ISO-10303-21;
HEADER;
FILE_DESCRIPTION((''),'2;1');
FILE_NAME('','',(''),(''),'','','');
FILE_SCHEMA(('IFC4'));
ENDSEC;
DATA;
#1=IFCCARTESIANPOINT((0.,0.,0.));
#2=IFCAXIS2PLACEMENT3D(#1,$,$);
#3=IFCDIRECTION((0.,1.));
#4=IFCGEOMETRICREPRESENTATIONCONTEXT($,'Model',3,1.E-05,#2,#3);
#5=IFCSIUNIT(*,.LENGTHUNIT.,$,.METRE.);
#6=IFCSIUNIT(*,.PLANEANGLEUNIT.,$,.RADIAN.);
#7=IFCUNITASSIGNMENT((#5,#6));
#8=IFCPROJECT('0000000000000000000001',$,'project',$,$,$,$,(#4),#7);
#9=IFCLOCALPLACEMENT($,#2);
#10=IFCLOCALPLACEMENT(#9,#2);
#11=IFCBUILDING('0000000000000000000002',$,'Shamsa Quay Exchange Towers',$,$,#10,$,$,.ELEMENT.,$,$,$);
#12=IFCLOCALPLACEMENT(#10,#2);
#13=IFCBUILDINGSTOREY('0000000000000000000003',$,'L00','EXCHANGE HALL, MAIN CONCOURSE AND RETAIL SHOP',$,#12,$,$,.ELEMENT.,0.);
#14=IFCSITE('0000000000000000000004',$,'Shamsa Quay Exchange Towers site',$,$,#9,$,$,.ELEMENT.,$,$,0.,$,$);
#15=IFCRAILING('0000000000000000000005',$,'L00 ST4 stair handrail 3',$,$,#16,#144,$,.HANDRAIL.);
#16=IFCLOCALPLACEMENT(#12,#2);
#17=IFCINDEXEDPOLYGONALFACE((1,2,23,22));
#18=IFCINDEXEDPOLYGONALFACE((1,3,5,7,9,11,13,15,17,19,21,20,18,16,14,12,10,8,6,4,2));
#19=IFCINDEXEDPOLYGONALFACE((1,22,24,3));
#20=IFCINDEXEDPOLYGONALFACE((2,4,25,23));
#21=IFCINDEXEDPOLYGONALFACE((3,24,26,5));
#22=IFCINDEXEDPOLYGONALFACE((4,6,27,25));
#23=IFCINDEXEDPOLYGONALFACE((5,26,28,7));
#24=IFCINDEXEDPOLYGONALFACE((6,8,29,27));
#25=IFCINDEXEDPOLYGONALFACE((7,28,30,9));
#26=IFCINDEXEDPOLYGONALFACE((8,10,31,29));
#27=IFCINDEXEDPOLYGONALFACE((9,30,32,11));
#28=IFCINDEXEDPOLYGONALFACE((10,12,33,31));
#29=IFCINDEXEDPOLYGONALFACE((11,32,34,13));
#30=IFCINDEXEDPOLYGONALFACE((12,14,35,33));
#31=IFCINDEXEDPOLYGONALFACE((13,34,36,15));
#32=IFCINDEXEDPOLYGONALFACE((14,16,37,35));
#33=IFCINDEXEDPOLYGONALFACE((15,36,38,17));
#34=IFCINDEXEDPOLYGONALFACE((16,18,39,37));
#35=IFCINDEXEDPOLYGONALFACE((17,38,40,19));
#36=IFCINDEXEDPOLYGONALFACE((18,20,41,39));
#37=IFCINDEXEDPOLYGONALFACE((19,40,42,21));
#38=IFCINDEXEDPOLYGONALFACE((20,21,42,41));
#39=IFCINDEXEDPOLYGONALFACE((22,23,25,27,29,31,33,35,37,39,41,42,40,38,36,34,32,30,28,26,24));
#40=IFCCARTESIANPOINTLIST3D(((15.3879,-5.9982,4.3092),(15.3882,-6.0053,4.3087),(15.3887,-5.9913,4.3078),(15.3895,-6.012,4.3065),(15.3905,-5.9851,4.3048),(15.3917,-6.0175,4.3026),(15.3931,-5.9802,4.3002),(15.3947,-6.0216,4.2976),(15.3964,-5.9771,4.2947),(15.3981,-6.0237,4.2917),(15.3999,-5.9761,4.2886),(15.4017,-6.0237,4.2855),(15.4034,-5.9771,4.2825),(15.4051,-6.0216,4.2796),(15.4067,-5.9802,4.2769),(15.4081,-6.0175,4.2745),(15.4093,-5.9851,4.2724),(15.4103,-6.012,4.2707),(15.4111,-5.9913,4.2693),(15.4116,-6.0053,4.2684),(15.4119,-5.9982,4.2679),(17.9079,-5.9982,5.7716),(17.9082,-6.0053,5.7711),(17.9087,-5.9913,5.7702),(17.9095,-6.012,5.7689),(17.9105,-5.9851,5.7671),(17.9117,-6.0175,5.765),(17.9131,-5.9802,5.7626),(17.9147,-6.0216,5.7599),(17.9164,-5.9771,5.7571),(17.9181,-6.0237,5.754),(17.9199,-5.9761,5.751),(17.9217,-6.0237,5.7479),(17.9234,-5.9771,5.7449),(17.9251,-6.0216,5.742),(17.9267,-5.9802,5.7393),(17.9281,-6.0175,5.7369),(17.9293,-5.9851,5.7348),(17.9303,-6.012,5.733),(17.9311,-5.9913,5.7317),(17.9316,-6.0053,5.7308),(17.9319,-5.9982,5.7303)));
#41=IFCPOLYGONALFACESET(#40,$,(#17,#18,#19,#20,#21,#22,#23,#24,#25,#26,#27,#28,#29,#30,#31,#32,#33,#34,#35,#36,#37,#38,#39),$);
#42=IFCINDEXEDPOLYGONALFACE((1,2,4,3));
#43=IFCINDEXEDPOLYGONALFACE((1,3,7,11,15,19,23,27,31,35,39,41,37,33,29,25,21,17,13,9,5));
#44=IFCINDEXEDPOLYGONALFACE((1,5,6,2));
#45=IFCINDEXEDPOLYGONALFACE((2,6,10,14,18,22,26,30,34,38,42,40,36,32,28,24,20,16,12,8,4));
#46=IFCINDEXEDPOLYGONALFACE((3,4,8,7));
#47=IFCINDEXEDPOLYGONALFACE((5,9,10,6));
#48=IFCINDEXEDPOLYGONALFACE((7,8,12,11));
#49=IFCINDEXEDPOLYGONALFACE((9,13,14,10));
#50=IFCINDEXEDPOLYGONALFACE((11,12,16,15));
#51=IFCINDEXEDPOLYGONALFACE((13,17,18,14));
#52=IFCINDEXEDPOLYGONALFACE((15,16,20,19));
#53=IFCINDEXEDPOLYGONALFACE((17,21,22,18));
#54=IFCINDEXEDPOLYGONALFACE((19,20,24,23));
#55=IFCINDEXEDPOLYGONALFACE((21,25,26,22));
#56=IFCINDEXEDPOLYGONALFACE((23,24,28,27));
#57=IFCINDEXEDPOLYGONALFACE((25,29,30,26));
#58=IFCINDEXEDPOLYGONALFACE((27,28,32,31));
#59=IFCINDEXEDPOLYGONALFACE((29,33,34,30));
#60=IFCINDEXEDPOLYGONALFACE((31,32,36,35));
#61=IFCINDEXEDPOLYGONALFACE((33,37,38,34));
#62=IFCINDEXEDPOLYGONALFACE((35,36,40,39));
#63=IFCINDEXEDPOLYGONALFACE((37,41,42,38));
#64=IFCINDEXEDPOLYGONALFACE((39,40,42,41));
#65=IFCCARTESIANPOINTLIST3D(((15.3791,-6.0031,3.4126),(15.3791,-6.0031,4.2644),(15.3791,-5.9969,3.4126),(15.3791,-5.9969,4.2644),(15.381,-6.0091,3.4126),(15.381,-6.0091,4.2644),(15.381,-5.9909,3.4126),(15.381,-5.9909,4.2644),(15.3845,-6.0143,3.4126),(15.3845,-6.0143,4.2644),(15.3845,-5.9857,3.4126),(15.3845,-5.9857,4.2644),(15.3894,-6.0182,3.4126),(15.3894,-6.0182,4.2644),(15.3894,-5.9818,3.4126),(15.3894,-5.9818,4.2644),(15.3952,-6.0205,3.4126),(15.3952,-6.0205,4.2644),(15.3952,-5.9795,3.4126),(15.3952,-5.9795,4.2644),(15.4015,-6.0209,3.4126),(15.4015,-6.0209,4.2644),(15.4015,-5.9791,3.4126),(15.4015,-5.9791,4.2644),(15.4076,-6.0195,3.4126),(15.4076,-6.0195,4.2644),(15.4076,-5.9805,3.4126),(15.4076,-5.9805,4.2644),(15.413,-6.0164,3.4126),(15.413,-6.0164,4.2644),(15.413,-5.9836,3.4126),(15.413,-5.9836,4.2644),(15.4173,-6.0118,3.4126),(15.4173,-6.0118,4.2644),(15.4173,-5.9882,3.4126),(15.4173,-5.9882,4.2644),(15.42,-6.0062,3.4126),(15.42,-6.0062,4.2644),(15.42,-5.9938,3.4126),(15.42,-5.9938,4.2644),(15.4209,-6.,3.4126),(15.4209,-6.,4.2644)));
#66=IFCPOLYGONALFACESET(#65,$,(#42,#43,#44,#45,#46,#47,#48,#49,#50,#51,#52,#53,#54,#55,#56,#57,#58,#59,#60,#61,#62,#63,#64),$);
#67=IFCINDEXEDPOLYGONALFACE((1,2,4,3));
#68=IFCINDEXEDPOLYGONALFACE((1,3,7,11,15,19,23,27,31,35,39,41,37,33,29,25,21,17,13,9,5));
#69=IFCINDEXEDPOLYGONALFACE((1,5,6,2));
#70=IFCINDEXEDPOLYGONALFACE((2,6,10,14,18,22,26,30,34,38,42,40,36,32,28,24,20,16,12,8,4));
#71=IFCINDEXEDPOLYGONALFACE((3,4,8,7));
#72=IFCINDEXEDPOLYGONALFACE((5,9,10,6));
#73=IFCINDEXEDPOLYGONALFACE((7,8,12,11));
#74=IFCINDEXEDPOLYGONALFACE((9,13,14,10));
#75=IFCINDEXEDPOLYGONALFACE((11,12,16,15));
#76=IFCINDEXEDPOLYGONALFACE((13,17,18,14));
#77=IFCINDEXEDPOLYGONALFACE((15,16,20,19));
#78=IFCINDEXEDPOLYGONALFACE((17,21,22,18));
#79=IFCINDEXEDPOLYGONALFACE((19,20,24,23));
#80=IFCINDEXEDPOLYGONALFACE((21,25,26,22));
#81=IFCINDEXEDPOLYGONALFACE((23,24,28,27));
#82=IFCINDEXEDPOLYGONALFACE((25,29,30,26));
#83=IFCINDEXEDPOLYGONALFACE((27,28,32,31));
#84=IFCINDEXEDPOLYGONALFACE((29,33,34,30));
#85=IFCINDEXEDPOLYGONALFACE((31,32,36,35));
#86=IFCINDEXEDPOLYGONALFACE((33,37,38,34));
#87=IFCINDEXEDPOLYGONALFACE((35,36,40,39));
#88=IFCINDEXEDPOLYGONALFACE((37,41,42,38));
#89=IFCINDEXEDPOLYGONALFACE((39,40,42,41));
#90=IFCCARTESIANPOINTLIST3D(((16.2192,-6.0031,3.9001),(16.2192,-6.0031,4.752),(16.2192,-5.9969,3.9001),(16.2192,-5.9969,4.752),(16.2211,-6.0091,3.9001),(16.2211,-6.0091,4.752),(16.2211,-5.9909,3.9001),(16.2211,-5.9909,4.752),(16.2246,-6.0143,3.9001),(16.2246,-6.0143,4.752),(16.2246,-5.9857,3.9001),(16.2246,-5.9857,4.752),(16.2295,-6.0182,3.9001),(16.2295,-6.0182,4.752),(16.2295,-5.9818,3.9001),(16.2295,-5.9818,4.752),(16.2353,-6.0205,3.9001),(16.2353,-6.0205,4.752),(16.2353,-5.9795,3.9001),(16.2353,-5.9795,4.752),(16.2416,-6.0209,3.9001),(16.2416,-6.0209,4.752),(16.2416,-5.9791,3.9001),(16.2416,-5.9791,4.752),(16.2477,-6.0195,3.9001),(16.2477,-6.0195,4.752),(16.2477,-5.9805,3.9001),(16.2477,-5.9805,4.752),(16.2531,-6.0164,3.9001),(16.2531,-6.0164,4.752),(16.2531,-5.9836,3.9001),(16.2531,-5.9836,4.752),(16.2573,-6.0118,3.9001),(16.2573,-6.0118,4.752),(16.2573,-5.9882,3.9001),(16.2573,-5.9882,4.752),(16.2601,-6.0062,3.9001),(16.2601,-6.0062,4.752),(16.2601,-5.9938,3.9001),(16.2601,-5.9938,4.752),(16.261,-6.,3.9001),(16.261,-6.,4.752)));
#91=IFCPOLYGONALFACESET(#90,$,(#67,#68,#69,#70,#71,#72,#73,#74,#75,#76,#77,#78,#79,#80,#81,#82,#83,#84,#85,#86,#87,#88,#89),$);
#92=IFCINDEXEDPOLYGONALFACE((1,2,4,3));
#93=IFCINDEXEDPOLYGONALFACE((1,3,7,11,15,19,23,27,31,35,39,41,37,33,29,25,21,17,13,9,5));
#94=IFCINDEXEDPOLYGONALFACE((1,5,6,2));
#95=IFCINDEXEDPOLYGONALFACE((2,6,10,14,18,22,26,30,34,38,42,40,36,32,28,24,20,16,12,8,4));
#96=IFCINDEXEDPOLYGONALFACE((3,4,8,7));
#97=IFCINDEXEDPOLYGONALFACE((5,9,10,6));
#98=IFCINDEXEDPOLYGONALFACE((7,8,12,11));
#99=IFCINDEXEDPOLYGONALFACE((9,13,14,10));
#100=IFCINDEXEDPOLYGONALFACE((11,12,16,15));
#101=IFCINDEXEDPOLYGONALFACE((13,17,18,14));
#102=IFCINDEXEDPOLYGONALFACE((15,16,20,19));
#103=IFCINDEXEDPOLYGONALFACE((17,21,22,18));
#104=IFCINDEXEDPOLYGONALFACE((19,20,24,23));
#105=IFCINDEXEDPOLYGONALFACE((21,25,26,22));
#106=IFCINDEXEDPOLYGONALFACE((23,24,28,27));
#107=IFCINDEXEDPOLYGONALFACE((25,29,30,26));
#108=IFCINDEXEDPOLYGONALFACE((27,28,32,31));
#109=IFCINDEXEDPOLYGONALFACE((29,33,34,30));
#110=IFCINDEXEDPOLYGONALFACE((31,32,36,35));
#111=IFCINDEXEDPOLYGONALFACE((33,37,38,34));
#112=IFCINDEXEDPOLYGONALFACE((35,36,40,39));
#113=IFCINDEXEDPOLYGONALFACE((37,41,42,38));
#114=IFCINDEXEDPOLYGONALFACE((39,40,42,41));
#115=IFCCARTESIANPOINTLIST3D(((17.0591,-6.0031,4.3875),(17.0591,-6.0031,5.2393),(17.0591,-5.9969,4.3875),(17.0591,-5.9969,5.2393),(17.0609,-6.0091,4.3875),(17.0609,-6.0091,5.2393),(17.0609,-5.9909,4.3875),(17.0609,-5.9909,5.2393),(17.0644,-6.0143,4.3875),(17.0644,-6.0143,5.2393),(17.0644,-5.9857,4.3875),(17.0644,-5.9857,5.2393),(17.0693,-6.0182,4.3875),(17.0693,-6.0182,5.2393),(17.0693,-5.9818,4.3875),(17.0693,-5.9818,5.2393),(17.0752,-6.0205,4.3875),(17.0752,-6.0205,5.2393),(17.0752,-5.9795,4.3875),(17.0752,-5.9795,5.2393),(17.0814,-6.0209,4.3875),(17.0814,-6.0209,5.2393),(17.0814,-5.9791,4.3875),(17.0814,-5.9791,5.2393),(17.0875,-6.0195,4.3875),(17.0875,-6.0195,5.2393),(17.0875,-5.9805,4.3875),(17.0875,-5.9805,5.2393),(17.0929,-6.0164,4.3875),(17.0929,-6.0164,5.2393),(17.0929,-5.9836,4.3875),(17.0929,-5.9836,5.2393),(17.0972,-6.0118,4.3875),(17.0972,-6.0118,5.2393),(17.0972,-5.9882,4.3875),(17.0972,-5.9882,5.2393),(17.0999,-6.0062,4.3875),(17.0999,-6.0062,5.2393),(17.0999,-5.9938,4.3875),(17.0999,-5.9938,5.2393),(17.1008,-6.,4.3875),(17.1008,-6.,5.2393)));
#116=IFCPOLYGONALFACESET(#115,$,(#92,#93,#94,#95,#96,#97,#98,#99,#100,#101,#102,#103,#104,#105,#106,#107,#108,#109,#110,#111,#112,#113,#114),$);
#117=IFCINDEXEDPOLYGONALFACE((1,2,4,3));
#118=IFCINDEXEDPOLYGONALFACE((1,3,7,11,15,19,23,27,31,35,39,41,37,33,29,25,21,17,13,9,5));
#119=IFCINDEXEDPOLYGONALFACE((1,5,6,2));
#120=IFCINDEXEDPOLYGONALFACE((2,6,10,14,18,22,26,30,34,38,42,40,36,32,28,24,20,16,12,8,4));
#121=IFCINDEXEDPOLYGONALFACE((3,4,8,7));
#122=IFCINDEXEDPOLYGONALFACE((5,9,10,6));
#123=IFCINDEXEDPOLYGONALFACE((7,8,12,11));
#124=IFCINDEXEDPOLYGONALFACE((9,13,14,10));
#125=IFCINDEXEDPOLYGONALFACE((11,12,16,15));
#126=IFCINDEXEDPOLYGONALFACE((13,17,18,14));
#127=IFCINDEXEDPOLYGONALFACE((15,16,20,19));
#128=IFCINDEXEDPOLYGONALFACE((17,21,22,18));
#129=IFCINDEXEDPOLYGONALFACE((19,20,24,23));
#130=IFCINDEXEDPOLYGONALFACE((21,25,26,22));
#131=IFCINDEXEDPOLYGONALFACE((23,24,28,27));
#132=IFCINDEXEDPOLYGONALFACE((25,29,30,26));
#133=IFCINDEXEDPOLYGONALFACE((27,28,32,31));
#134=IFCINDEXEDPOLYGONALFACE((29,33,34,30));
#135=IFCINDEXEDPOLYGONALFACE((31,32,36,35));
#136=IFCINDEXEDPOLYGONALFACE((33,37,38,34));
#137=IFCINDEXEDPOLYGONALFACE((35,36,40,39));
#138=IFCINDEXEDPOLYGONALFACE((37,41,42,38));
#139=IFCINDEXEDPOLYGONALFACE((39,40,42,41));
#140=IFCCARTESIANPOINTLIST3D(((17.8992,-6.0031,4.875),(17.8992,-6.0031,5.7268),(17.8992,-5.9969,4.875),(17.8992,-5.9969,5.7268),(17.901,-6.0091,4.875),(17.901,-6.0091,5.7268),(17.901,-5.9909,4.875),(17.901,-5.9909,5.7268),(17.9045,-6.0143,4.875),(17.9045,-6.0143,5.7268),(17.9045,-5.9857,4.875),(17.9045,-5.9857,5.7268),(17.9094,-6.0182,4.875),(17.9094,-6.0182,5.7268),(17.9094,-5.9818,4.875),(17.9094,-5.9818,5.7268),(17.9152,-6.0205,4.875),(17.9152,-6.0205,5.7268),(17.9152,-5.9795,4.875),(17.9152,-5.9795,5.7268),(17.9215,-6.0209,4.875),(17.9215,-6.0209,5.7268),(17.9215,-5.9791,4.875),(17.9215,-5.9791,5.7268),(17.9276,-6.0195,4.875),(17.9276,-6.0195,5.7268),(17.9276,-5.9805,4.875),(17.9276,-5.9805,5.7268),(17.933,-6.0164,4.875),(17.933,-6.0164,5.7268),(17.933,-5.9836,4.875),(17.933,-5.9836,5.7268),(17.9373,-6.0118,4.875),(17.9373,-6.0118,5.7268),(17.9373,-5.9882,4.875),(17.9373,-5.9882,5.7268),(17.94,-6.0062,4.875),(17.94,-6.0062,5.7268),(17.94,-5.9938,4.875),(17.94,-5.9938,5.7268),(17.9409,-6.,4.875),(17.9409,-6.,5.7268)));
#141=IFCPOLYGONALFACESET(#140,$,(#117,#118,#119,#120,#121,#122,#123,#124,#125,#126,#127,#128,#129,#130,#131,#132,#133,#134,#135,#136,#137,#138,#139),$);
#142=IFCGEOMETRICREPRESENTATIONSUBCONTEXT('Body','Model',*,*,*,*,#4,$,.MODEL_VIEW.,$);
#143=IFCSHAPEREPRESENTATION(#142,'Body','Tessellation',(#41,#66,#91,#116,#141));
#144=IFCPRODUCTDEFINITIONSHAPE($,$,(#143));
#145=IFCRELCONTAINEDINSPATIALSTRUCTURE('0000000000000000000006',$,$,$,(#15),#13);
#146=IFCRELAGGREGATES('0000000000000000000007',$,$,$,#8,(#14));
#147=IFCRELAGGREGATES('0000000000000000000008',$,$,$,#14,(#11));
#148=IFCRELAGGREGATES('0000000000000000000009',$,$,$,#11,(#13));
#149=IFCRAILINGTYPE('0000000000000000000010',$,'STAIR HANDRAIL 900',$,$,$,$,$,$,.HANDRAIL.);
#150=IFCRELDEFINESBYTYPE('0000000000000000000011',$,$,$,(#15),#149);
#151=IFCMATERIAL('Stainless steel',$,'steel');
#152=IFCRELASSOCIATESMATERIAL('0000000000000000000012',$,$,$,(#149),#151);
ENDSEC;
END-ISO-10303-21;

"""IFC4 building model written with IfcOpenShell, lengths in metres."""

from ifc_helpers import new_model, si_unit, direction, frame, origin, origin_2d, place, context, subcontext, project, spatial, circle, extrude, material, type_object, element, save


model = new_model("IFC4")

# Units and contexts
model_context = context("Model", 3, precision=1e-05, world=origin(), true_north=direction((0.0, 1.0)))
body_context = subcontext(model_context, "Body", "Model", "MODEL_VIEW")
ifc_project = project(units=[si_unit("LENGTHUNIT", "METRE"), si_unit("PLANEANGLEUNIT", "RADIAN")], contexts=[model_context])

# Site, building, storey
site_placement = place(None, origin())
site = spatial("IfcSite", under=ifc_project, at=site_placement, Name="Shamsa Quay Exchange Towers site", CompositionType="ELEMENT", RefElevation=0.0)
building_placement = place(site_placement, origin())
building = spatial("IfcBuilding", under=site, at=building_placement, Name="Shamsa Quay Exchange Towers", CompositionType="ELEMENT")
storey_placement = place(building_placement, origin())
storey = spatial("IfcBuildingStorey", under=building, at=storey_placement, Name="L00", Description="EXCHANGE HALL, MAIN CONCOURSE AND RETAIL SHOP", CompositionType="ELEMENT", Elevation=0.0)

# Railing
ifc_material_1 = material(Name="Stainless steel", Category="steel")
railing_type_1 = type_object("IfcRailingType", Name="STAIR HANDRAIL 900", PredefinedType="HANDRAIL", material=ifc_material_1)
railing_1_placement = place(storey_placement, frame((15.3999, -6.0, 3.4126)))
element("IfcRailing", 1, at=railing_1_placement, inside=storey, type_object=railing_type_1, Name="L00 ST4 stair handrail 3", PredefinedType="HANDRAIL", context=body_context, shape_type="SweptSolid", body=[
    extrude(circle(Radius=0.0239, at=origin_2d()), frame((0.0, 0.0, 0.876), z_axis=(0.864913, 0.0, 0.501921), x_axis=(0.0, 1.0, 0.0)), (0.0, 0.0, 1.0), 2.9136),
    extrude(circle(Radius=0.021, at=origin_2d()), origin(), (0.0, 0.0, 1.0), 0.8518),
    extrude(circle(Radius=0.021, at=origin_2d()), frame((0.8401, 0.0, 0.4875)), (0.0, 0.0, 1.0), 0.8518),
    extrude(circle(Radius=0.021, at=origin_2d()), frame((1.6799, 0.0, 0.9749)), (0.0, 0.0, 1.0), 0.8518),
    extrude(circle(Radius=0.021, at=origin_2d()), frame((2.52, 0.0, 1.4624)), (0.0, 0.0, 1.0), 0.8518),
])

save(model, "model.ifc")
